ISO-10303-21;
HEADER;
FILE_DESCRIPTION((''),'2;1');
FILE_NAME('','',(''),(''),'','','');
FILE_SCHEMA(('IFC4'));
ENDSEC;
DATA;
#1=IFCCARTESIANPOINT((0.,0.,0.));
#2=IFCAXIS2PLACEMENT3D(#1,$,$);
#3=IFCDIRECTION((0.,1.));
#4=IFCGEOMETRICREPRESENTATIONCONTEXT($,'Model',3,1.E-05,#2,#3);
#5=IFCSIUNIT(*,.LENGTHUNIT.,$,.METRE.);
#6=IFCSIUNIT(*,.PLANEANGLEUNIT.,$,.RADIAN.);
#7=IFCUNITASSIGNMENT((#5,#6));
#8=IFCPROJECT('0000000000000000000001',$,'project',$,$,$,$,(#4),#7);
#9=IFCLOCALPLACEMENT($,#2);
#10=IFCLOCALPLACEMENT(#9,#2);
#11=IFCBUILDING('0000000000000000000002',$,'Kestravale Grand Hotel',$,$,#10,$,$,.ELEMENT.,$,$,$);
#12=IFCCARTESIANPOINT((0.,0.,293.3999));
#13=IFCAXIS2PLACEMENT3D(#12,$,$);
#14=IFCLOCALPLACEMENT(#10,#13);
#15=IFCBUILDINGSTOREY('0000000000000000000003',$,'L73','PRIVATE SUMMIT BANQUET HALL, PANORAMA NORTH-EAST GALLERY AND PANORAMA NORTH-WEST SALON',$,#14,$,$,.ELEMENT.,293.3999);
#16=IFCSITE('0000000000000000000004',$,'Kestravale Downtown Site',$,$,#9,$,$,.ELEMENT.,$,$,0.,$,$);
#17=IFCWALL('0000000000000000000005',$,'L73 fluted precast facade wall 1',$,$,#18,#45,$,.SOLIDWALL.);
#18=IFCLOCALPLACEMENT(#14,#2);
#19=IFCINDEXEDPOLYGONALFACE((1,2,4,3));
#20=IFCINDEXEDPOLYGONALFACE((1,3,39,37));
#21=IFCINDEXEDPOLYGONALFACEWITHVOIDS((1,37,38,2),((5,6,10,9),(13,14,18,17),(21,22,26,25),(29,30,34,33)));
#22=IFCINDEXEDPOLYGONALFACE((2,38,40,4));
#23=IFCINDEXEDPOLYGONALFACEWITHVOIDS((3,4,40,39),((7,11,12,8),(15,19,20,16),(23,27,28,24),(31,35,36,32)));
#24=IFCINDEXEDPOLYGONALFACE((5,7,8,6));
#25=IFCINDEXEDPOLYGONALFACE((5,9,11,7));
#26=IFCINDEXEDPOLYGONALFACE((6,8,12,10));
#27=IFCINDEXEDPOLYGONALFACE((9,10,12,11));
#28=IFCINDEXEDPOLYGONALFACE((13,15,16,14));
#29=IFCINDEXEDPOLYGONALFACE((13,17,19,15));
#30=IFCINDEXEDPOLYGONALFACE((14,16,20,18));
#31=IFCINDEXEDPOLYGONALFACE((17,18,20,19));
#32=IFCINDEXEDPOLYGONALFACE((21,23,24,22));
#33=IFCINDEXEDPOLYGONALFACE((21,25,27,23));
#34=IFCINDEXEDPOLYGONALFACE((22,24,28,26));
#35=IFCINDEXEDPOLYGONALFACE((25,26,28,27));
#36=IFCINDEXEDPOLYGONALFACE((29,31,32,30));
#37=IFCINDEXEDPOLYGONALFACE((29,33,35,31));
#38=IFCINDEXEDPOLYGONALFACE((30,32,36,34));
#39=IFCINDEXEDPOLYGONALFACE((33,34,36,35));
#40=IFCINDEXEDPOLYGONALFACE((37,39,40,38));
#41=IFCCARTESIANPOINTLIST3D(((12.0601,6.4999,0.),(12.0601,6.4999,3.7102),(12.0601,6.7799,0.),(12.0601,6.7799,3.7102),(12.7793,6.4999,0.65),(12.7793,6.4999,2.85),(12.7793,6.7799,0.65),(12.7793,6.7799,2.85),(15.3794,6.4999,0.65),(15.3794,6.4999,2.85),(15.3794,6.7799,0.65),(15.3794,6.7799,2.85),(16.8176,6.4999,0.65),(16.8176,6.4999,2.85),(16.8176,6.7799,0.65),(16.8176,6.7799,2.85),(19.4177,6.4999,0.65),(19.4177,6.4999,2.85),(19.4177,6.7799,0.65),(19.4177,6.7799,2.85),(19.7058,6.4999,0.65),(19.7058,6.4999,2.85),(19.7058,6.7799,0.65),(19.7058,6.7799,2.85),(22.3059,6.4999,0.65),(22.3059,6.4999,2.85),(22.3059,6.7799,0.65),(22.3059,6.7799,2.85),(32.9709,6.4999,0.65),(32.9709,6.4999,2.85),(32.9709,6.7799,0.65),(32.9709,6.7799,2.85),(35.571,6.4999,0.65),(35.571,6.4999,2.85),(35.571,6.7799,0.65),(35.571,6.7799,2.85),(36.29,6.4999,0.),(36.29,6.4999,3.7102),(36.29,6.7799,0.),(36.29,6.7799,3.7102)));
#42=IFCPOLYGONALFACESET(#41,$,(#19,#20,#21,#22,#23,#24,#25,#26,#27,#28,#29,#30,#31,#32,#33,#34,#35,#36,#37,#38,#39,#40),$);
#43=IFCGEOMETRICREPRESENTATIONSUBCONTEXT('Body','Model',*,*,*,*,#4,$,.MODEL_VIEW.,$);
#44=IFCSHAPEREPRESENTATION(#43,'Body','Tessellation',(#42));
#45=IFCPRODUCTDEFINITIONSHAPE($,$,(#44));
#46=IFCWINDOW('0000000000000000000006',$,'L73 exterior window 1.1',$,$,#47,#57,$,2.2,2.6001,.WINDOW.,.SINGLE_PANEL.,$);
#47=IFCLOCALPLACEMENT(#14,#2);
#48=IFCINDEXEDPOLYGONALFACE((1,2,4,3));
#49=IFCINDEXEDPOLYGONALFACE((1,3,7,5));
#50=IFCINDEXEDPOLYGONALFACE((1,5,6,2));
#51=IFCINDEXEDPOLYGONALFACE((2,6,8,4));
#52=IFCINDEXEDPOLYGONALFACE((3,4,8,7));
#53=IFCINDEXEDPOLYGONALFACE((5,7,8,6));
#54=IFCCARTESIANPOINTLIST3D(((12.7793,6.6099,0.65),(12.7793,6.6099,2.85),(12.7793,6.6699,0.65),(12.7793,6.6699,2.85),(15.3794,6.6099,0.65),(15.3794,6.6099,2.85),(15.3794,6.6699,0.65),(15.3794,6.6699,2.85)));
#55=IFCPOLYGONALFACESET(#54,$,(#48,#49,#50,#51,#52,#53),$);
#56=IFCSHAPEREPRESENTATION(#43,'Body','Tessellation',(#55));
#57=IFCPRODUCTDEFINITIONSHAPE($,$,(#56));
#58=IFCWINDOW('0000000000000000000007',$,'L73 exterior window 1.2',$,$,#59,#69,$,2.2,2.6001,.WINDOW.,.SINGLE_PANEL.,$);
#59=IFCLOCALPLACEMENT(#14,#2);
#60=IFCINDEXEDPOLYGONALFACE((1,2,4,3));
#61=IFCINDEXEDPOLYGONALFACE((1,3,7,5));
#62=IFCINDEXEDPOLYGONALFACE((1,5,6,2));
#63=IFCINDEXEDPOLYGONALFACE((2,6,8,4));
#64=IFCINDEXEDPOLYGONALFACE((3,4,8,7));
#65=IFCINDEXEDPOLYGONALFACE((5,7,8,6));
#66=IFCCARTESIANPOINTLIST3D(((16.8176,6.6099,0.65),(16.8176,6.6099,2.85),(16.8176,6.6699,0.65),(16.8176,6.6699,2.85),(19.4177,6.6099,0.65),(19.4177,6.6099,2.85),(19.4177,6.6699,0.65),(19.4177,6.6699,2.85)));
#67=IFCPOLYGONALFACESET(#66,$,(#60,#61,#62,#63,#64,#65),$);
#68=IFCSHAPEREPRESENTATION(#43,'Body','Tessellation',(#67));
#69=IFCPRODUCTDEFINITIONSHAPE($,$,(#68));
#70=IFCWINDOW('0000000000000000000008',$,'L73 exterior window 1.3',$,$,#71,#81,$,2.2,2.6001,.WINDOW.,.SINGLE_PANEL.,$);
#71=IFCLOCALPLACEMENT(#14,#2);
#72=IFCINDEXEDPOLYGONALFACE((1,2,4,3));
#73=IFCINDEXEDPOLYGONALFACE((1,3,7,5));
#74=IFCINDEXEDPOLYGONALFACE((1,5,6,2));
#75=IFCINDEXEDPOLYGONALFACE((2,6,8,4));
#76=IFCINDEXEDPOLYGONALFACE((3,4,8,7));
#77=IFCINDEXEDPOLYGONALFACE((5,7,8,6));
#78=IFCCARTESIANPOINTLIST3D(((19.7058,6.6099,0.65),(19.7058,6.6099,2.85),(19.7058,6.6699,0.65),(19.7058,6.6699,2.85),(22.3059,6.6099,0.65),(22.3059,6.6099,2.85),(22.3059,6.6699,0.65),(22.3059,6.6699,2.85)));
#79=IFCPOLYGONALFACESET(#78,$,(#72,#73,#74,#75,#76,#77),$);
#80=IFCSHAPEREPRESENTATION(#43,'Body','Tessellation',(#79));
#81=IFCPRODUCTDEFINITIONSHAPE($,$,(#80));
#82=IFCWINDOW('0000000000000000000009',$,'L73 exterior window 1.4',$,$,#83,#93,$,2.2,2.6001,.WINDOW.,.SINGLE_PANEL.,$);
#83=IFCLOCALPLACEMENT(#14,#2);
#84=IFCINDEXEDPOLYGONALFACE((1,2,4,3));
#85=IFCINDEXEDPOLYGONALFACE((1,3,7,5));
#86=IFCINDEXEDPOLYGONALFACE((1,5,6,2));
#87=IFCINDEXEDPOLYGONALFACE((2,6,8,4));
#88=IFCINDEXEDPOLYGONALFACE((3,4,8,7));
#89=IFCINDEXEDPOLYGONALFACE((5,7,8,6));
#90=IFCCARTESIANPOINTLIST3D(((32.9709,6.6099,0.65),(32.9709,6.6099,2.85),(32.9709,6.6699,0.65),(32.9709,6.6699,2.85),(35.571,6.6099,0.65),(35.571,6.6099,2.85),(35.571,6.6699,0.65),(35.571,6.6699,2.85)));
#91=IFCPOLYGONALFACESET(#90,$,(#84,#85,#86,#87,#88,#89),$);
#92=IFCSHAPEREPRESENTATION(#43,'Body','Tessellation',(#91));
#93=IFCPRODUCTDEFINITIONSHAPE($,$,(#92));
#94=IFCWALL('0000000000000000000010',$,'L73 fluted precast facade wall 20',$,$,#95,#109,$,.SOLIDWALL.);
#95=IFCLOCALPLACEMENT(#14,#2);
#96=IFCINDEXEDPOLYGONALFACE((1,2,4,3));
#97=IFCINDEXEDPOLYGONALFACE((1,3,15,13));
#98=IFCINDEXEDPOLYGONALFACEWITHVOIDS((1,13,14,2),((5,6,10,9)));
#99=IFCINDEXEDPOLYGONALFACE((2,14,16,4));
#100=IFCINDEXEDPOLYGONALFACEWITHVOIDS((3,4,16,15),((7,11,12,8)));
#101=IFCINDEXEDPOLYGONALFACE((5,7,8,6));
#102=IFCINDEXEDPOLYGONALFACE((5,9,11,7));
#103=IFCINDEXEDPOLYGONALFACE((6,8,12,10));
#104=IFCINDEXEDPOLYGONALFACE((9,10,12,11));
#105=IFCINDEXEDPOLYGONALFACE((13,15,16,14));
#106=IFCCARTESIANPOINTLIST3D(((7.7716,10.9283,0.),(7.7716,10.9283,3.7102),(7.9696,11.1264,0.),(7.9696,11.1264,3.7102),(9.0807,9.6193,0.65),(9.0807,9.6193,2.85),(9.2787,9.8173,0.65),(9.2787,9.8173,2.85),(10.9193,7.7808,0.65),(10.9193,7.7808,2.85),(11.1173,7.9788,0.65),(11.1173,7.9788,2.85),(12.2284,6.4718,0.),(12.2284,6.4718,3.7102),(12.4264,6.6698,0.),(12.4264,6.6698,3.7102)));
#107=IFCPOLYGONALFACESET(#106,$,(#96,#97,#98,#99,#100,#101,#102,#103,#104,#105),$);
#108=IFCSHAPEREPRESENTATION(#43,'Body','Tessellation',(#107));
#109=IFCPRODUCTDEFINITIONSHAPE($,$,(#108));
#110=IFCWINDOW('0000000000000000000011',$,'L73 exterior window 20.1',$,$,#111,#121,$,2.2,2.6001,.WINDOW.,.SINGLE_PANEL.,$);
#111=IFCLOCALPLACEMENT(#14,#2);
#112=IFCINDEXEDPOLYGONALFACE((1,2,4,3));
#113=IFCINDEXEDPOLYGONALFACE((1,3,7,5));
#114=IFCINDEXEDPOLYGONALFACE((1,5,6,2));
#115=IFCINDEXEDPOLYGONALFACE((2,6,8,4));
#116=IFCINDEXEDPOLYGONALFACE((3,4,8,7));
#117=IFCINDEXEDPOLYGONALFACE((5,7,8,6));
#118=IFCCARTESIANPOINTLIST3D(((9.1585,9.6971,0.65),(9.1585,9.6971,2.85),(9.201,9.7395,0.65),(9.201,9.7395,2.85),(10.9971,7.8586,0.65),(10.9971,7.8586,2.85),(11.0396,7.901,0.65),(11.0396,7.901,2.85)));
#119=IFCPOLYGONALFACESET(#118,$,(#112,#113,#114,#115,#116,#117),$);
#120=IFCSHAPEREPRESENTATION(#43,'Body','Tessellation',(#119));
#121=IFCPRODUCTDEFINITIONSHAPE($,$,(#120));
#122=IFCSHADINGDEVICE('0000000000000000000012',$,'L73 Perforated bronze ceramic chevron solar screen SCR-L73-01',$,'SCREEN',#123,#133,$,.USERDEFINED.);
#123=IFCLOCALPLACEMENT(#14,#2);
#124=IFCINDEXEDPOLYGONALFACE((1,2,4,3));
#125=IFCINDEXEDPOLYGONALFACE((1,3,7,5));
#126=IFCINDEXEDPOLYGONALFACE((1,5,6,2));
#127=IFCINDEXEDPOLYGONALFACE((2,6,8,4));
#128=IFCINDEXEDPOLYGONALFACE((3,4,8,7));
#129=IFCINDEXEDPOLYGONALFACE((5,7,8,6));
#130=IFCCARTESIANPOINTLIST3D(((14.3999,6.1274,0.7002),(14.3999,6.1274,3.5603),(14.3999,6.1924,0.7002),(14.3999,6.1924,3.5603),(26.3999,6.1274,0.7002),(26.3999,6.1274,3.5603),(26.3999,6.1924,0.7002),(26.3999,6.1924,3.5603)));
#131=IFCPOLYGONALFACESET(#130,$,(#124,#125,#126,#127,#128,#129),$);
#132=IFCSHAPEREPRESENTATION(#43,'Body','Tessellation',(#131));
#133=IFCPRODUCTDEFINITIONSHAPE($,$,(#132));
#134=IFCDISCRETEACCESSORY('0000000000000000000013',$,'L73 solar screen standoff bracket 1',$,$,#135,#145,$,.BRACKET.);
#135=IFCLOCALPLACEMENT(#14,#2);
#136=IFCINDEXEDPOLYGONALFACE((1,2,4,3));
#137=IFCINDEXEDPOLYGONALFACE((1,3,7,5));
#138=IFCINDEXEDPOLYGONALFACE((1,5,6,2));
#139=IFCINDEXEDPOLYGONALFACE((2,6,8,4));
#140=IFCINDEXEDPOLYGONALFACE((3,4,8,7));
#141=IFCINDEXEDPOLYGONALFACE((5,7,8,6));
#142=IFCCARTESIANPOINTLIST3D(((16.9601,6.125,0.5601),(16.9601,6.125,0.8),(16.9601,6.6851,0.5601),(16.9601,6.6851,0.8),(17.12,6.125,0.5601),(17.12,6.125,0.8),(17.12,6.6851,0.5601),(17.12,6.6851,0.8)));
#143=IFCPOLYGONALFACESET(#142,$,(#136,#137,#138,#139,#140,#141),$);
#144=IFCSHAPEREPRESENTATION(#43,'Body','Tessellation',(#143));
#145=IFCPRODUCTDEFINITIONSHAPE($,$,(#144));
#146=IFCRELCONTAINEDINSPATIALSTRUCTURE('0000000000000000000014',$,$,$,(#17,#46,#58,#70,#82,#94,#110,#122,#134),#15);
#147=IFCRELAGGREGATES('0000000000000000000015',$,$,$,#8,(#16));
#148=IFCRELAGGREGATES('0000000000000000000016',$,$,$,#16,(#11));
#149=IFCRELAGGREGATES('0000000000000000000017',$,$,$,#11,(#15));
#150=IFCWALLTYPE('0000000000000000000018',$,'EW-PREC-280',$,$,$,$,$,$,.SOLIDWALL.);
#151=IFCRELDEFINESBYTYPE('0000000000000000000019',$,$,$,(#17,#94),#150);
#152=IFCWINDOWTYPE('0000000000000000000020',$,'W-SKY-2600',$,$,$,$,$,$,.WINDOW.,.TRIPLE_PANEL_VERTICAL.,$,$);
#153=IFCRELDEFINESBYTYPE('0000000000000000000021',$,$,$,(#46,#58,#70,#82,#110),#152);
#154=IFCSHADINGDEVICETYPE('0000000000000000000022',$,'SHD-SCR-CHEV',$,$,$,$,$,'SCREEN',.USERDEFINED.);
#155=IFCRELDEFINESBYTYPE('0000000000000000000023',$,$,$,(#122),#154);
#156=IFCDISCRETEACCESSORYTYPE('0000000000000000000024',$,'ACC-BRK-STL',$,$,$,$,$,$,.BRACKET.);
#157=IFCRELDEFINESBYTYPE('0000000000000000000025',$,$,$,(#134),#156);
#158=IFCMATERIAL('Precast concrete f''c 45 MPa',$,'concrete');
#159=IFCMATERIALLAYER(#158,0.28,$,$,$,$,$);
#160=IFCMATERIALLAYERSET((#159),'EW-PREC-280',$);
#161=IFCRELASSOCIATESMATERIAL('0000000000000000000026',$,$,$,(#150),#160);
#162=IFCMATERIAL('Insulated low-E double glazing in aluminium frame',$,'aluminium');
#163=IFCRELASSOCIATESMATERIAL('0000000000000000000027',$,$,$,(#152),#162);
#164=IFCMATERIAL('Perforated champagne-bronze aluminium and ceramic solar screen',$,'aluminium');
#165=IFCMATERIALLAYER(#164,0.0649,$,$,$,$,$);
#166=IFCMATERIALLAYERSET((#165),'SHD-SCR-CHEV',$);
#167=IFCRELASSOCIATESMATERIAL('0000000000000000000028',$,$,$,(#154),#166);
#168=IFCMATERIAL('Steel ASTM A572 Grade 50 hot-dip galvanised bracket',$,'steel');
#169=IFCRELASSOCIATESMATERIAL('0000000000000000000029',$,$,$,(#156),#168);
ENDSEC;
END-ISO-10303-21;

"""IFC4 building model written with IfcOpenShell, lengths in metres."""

from ifc_helpers import new_model, si_unit, direction, frame, frame_2d, origin, origin_2d, place, context, subcontext, project, spatial, rectangle, extrude, material, layer, layer_set, type_object, element, fill, save


model = new_model("IFC4")

# Units and contexts
model_context = context("Model", 3, precision=1e-05, world=origin(), true_north=direction((0.0, 1.0)))
body_context = subcontext(model_context, "Body", "Model", "MODEL_VIEW")
ifc_project = project(units=[si_unit("LENGTHUNIT", "METRE"), si_unit("PLANEANGLEUNIT", "RADIAN")], contexts=[model_context])

# Site, building, storey
site_placement = place(None, origin())
site = spatial("IfcSite", under=ifc_project, at=site_placement, Name="Kestravale Downtown Site", CompositionType="ELEMENT", RefElevation=0.0)
building_placement = place(site_placement, origin())
building = spatial("IfcBuilding", under=site, at=building_placement, Name="Kestravale Grand Hotel", CompositionType="ELEMENT")
storey_placement = place(building_placement, frame((0.0, 0.0, 293.3999)))
storey = spatial("IfcBuildingStorey", under=building, at=storey_placement, Name="L73", Description="PRIVATE SUMMIT BANQUET HALL, PANORAMA NORTH-EAST GALLERY AND PANORAMA NORTH-WEST SALON", CompositionType="ELEMENT", Elevation=293.3999)

# Wall, openings, windows
ifc_material_1 = material(Name="Precast concrete f'c 45 MPa", Category="concrete")
ifc_layer_1 = layer(ifc_material_1, 0.28)
ifc_layer_set_1 = layer_set([ifc_layer_1], Name="EW-PREC-280")
wall_type = type_object("IfcWallType", Name="EW-PREC-280", PredefinedType="SOLIDWALL", material=ifc_layer_set_1)
wall_1_placement = place(storey_placement, frame((12.0601, 6.6399, 0.0), z_axis=(0.0, 0.0, 1.0), x_axis=(1.0, 0.0, 0.0)))
wall_1 = element("IfcWall", 1, at=wall_1_placement, inside=storey, type_object=wall_type, Name="L73 fluted precast facade wall 1", PredefinedType="SOLIDWALL", context=body_context, shape_type="SweptSolid", body=[
    extrude(rectangle(XDim=24.23, YDim=0.28, at=frame_2d((12.115, 0.0))), origin(), (0.0, 0.0, 1.0), 3.7102),
])
opening_1_placement = place(wall_1_placement, frame((0.7192, 0.0, 0.6499)))
opening_1 = element("IfcOpeningElement", 2, at=opening_1_placement, cuts=wall_1, PredefinedType="OPENING", context=body_context, shape_type="SweptSolid", body=[
    extrude(rectangle(XDim=2.6001, YDim=2.2, at=frame_2d((1.3, 1.1001))), frame((0.0, 0.1499, 0.0), z_axis=(0.0, -1.0, 0.0), x_axis=(1.0, 0.0, 0.0)), (0.0, 0.0, 1.0), 0.3),
])
opening_2_placement = place(wall_1_placement, frame((4.7576, 0.0, 0.6499)))
opening_2 = element("IfcOpeningElement", 3, at=opening_2_placement, cuts=wall_1, PredefinedType="OPENING", context=body_context, shape_type="SweptSolid", body=[
    extrude(rectangle(XDim=2.6001, YDim=2.2, at=frame_2d((1.3, 1.1001))), frame((0.0, 0.1499, 0.0), z_axis=(0.0, -1.0, 0.0), x_axis=(1.0, 0.0, 0.0)), (0.0, 0.0, 1.0), 0.3),
])
opening_3_placement = place(wall_1_placement, frame((7.6458, 0.0, 0.6499)))
opening_3 = element("IfcOpeningElement", 4, at=opening_3_placement, cuts=wall_1, PredefinedType="OPENING", context=body_context, shape_type="SweptSolid", body=[
    extrude(rectangle(XDim=2.6001, YDim=2.2, at=frame_2d((1.3, 1.1001))), frame((0.0, 0.1499, 0.0), z_axis=(0.0, -1.0, 0.0), x_axis=(1.0, 0.0, 0.0)), (0.0, 0.0, 1.0), 0.3),
])
opening_4_placement = place(wall_1_placement, frame((20.9109, 0.0, 0.6499)))
opening_4 = element("IfcOpeningElement", 5, at=opening_4_placement, cuts=wall_1, PredefinedType="OPENING", context=body_context, shape_type="SweptSolid", body=[
    extrude(rectangle(XDim=2.6001, YDim=2.2, at=frame_2d((1.3, 1.1001))), frame((0.0, 0.1499, 0.0), z_axis=(0.0, -1.0, 0.0), x_axis=(1.0, 0.0, 0.0)), (0.0, 0.0, 1.0), 0.3),
])
ifc_material_2 = material(Name="Insulated low-E double glazing in aluminium frame", Category="aluminium")
window_type = type_object("IfcWindowType", Name="W-SKY-2600", PartitioningType="TRIPLE_PANEL_VERTICAL", PredefinedType="WINDOW", material=ifc_material_2)
window_1_placement = place(opening_1_placement, origin())
window_1 = element("IfcWindow", 6, at=window_1_placement, inside=storey, type_object=window_type, Name="L73 exterior window 1.1", OverallHeight=2.2, OverallWidth=2.6001, PartitioningType="SINGLE_PANEL", PredefinedType="WINDOW", context=body_context, shape_type="SweptSolid", body=[
    extrude(rectangle(XDim=2.6001, YDim=2.2, at=frame_2d((1.3, 1.1001))), frame((0.0, 0.03, 0.0), z_axis=(0.0, -1.0, 0.0), x_axis=(1.0, 0.0, 0.0)), (0.0, 0.0, 1.0), 0.0601),
])
fill(opening_1, window_1)
window_2_placement = place(opening_2_placement, origin())
window_2 = element("IfcWindow", 7, at=window_2_placement, inside=storey, type_object=window_type, Name="L73 exterior window 1.2", OverallHeight=2.2, OverallWidth=2.6001, PartitioningType="SINGLE_PANEL", PredefinedType="WINDOW", context=body_context, shape_type="SweptSolid", body=[
    extrude(rectangle(XDim=2.6001, YDim=2.2, at=frame_2d((1.3, 1.1001))), frame((0.0, 0.03, 0.0), z_axis=(0.0, -1.0, 0.0), x_axis=(1.0, 0.0, 0.0)), (0.0, 0.0, 1.0), 0.0601),
])
fill(opening_2, window_2)
window_3_placement = place(opening_3_placement, origin())
window_3 = element("IfcWindow", 8, at=window_3_placement, inside=storey, type_object=window_type, Name="L73 exterior window 1.3", OverallHeight=2.2, OverallWidth=2.6001, PartitioningType="SINGLE_PANEL", PredefinedType="WINDOW", context=body_context, shape_type="SweptSolid", body=[
    extrude(rectangle(XDim=2.6001, YDim=2.2, at=frame_2d((1.3, 1.1001))), frame((0.0, 0.03, 0.0), z_axis=(0.0, -1.0, 0.0), x_axis=(1.0, 0.0, 0.0)), (0.0, 0.0, 1.0), 0.0601),
])
fill(opening_3, window_3)
window_4_placement = place(opening_4_placement, origin())
window_4 = element("IfcWindow", 9, at=window_4_placement, inside=storey, type_object=window_type, Name="L73 exterior window 1.4", OverallHeight=2.2, OverallWidth=2.6001, PartitioningType="SINGLE_PANEL", PredefinedType="WINDOW", context=body_context, shape_type="SweptSolid", body=[
    extrude(rectangle(XDim=2.6001, YDim=2.2, at=frame_2d((1.3, 1.1001))), frame((0.0, 0.03, 0.0), z_axis=(0.0, -1.0, 0.0), x_axis=(1.0, 0.0, 0.0)), (0.0, 0.0, 1.0), 0.0601),
])
fill(opening_4, window_4)

# Wall, opening, window
wall_2_placement = place(storey_placement, frame((7.8706, 11.0273, 0.0), z_axis=(0.0, 0.0, 1.0), x_axis=(0.707126, -0.707087, 0.0)))
wall_2 = element("IfcWall", 10, at=wall_2_placement, inside=storey, type_object=wall_type, Name="L73 fluted precast facade wall 20", PredefinedType="SOLIDWALL", context=body_context, shape_type="SweptSolid", body=[
    extrude(rectangle(XDim=6.3027, YDim=0.28, at=frame_2d((3.1514, 0.0))), origin(), (0.0, 0.0, 1.0), 3.7102),
])
opening_5_placement = place(wall_2_placement, frame((1.8513, 0.0, 0.6499)))
opening_5 = element("IfcOpeningElement", 11, at=opening_5_placement, cuts=wall_2, PredefinedType="OPENING", context=body_context, shape_type="SweptSolid", body=[
    extrude(rectangle(XDim=2.6001, YDim=2.2, at=frame_2d((1.3, 1.1001))), frame((0.0, 0.1499, 0.0), z_axis=(0.0, -1.0, 0.0), x_axis=(1.0, 0.0, 0.0)), (0.0, 0.0, 1.0), 0.3),
])
window_5_placement = place(opening_5_placement, origin())
window_5 = element("IfcWindow", 12, at=window_5_placement, inside=storey, type_object=window_type, Name="L73 exterior window 20.1", OverallHeight=2.2, OverallWidth=2.6001, PartitioningType="SINGLE_PANEL", PredefinedType="WINDOW", context=body_context, shape_type="SweptSolid", body=[
    extrude(rectangle(XDim=2.6001, YDim=2.2, at=frame_2d((1.3, 1.1001))), frame((0.0, 0.03, 0.0), z_axis=(0.0, -1.0, 0.0), x_axis=(1.0, 0.0, 0.0)), (0.0, 0.0, 1.0), 0.0601),
])
fill(opening_5, window_5)

# Shading device
ifc_material_3 = material(Name="Perforated champagne-bronze aluminium and ceramic solar screen", Category="aluminium")
ifc_layer_2 = layer(ifc_material_3, 0.0649)
ifc_layer_set_2 = layer_set([ifc_layer_2], Name="SHD-SCR-CHEV")
shading_device_type = type_object("IfcShadingDeviceType", Name="SHD-SCR-CHEV", ElementType="SCREEN", PredefinedType="USERDEFINED", material=ifc_layer_set_2)
shading_device_placement = place(storey_placement, frame((20.3999, 6.1599, 0.7002), z_axis=(0.0, 0.0, 1.0), x_axis=(1.0, 0.0, 0.0)))
element("IfcShadingDevice", 13, at=shading_device_placement, inside=storey, type_object=shading_device_type, Name="L73 Perforated bronze ceramic chevron solar screen SCR-L73-01", ObjectType="SCREEN", PredefinedType="USERDEFINED", context=body_context, shape_type="SweptSolid", body=[
    extrude(rectangle(XDim=12.0, YDim=0.0649, at=origin_2d()), origin(), (0.0, 0.0, 1.0), 2.8601),
])

# Discrete accessory
ifc_material_4 = material(Name="Steel ASTM A572 Grade 50 hot-dip galvanised bracket", Category="steel")
discrete_accessory_type = type_object("IfcDiscreteAccessoryType", Name="ACC-BRK-STL", PredefinedType="BRACKET", material=ifc_material_4)
discrete_accessory_placement = place(storey_placement, frame((17.04, 6.405, 0.5601), z_axis=(0.0, 0.0, 1.0), x_axis=(1.0, 0.0, 0.0)))
element("IfcDiscreteAccessory", 14, at=discrete_accessory_placement, inside=storey, type_object=discrete_accessory_type, Name="L73 solar screen standoff bracket 1", PredefinedType="BRACKET", context=body_context, shape_type="SweptSolid", body=[
    extrude(rectangle(XDim=0.1599, YDim=0.5601, at=origin_2d()), origin(), (0.0, 0.0, 1.0), 0.24),
])

save(model, "model.ifc")
